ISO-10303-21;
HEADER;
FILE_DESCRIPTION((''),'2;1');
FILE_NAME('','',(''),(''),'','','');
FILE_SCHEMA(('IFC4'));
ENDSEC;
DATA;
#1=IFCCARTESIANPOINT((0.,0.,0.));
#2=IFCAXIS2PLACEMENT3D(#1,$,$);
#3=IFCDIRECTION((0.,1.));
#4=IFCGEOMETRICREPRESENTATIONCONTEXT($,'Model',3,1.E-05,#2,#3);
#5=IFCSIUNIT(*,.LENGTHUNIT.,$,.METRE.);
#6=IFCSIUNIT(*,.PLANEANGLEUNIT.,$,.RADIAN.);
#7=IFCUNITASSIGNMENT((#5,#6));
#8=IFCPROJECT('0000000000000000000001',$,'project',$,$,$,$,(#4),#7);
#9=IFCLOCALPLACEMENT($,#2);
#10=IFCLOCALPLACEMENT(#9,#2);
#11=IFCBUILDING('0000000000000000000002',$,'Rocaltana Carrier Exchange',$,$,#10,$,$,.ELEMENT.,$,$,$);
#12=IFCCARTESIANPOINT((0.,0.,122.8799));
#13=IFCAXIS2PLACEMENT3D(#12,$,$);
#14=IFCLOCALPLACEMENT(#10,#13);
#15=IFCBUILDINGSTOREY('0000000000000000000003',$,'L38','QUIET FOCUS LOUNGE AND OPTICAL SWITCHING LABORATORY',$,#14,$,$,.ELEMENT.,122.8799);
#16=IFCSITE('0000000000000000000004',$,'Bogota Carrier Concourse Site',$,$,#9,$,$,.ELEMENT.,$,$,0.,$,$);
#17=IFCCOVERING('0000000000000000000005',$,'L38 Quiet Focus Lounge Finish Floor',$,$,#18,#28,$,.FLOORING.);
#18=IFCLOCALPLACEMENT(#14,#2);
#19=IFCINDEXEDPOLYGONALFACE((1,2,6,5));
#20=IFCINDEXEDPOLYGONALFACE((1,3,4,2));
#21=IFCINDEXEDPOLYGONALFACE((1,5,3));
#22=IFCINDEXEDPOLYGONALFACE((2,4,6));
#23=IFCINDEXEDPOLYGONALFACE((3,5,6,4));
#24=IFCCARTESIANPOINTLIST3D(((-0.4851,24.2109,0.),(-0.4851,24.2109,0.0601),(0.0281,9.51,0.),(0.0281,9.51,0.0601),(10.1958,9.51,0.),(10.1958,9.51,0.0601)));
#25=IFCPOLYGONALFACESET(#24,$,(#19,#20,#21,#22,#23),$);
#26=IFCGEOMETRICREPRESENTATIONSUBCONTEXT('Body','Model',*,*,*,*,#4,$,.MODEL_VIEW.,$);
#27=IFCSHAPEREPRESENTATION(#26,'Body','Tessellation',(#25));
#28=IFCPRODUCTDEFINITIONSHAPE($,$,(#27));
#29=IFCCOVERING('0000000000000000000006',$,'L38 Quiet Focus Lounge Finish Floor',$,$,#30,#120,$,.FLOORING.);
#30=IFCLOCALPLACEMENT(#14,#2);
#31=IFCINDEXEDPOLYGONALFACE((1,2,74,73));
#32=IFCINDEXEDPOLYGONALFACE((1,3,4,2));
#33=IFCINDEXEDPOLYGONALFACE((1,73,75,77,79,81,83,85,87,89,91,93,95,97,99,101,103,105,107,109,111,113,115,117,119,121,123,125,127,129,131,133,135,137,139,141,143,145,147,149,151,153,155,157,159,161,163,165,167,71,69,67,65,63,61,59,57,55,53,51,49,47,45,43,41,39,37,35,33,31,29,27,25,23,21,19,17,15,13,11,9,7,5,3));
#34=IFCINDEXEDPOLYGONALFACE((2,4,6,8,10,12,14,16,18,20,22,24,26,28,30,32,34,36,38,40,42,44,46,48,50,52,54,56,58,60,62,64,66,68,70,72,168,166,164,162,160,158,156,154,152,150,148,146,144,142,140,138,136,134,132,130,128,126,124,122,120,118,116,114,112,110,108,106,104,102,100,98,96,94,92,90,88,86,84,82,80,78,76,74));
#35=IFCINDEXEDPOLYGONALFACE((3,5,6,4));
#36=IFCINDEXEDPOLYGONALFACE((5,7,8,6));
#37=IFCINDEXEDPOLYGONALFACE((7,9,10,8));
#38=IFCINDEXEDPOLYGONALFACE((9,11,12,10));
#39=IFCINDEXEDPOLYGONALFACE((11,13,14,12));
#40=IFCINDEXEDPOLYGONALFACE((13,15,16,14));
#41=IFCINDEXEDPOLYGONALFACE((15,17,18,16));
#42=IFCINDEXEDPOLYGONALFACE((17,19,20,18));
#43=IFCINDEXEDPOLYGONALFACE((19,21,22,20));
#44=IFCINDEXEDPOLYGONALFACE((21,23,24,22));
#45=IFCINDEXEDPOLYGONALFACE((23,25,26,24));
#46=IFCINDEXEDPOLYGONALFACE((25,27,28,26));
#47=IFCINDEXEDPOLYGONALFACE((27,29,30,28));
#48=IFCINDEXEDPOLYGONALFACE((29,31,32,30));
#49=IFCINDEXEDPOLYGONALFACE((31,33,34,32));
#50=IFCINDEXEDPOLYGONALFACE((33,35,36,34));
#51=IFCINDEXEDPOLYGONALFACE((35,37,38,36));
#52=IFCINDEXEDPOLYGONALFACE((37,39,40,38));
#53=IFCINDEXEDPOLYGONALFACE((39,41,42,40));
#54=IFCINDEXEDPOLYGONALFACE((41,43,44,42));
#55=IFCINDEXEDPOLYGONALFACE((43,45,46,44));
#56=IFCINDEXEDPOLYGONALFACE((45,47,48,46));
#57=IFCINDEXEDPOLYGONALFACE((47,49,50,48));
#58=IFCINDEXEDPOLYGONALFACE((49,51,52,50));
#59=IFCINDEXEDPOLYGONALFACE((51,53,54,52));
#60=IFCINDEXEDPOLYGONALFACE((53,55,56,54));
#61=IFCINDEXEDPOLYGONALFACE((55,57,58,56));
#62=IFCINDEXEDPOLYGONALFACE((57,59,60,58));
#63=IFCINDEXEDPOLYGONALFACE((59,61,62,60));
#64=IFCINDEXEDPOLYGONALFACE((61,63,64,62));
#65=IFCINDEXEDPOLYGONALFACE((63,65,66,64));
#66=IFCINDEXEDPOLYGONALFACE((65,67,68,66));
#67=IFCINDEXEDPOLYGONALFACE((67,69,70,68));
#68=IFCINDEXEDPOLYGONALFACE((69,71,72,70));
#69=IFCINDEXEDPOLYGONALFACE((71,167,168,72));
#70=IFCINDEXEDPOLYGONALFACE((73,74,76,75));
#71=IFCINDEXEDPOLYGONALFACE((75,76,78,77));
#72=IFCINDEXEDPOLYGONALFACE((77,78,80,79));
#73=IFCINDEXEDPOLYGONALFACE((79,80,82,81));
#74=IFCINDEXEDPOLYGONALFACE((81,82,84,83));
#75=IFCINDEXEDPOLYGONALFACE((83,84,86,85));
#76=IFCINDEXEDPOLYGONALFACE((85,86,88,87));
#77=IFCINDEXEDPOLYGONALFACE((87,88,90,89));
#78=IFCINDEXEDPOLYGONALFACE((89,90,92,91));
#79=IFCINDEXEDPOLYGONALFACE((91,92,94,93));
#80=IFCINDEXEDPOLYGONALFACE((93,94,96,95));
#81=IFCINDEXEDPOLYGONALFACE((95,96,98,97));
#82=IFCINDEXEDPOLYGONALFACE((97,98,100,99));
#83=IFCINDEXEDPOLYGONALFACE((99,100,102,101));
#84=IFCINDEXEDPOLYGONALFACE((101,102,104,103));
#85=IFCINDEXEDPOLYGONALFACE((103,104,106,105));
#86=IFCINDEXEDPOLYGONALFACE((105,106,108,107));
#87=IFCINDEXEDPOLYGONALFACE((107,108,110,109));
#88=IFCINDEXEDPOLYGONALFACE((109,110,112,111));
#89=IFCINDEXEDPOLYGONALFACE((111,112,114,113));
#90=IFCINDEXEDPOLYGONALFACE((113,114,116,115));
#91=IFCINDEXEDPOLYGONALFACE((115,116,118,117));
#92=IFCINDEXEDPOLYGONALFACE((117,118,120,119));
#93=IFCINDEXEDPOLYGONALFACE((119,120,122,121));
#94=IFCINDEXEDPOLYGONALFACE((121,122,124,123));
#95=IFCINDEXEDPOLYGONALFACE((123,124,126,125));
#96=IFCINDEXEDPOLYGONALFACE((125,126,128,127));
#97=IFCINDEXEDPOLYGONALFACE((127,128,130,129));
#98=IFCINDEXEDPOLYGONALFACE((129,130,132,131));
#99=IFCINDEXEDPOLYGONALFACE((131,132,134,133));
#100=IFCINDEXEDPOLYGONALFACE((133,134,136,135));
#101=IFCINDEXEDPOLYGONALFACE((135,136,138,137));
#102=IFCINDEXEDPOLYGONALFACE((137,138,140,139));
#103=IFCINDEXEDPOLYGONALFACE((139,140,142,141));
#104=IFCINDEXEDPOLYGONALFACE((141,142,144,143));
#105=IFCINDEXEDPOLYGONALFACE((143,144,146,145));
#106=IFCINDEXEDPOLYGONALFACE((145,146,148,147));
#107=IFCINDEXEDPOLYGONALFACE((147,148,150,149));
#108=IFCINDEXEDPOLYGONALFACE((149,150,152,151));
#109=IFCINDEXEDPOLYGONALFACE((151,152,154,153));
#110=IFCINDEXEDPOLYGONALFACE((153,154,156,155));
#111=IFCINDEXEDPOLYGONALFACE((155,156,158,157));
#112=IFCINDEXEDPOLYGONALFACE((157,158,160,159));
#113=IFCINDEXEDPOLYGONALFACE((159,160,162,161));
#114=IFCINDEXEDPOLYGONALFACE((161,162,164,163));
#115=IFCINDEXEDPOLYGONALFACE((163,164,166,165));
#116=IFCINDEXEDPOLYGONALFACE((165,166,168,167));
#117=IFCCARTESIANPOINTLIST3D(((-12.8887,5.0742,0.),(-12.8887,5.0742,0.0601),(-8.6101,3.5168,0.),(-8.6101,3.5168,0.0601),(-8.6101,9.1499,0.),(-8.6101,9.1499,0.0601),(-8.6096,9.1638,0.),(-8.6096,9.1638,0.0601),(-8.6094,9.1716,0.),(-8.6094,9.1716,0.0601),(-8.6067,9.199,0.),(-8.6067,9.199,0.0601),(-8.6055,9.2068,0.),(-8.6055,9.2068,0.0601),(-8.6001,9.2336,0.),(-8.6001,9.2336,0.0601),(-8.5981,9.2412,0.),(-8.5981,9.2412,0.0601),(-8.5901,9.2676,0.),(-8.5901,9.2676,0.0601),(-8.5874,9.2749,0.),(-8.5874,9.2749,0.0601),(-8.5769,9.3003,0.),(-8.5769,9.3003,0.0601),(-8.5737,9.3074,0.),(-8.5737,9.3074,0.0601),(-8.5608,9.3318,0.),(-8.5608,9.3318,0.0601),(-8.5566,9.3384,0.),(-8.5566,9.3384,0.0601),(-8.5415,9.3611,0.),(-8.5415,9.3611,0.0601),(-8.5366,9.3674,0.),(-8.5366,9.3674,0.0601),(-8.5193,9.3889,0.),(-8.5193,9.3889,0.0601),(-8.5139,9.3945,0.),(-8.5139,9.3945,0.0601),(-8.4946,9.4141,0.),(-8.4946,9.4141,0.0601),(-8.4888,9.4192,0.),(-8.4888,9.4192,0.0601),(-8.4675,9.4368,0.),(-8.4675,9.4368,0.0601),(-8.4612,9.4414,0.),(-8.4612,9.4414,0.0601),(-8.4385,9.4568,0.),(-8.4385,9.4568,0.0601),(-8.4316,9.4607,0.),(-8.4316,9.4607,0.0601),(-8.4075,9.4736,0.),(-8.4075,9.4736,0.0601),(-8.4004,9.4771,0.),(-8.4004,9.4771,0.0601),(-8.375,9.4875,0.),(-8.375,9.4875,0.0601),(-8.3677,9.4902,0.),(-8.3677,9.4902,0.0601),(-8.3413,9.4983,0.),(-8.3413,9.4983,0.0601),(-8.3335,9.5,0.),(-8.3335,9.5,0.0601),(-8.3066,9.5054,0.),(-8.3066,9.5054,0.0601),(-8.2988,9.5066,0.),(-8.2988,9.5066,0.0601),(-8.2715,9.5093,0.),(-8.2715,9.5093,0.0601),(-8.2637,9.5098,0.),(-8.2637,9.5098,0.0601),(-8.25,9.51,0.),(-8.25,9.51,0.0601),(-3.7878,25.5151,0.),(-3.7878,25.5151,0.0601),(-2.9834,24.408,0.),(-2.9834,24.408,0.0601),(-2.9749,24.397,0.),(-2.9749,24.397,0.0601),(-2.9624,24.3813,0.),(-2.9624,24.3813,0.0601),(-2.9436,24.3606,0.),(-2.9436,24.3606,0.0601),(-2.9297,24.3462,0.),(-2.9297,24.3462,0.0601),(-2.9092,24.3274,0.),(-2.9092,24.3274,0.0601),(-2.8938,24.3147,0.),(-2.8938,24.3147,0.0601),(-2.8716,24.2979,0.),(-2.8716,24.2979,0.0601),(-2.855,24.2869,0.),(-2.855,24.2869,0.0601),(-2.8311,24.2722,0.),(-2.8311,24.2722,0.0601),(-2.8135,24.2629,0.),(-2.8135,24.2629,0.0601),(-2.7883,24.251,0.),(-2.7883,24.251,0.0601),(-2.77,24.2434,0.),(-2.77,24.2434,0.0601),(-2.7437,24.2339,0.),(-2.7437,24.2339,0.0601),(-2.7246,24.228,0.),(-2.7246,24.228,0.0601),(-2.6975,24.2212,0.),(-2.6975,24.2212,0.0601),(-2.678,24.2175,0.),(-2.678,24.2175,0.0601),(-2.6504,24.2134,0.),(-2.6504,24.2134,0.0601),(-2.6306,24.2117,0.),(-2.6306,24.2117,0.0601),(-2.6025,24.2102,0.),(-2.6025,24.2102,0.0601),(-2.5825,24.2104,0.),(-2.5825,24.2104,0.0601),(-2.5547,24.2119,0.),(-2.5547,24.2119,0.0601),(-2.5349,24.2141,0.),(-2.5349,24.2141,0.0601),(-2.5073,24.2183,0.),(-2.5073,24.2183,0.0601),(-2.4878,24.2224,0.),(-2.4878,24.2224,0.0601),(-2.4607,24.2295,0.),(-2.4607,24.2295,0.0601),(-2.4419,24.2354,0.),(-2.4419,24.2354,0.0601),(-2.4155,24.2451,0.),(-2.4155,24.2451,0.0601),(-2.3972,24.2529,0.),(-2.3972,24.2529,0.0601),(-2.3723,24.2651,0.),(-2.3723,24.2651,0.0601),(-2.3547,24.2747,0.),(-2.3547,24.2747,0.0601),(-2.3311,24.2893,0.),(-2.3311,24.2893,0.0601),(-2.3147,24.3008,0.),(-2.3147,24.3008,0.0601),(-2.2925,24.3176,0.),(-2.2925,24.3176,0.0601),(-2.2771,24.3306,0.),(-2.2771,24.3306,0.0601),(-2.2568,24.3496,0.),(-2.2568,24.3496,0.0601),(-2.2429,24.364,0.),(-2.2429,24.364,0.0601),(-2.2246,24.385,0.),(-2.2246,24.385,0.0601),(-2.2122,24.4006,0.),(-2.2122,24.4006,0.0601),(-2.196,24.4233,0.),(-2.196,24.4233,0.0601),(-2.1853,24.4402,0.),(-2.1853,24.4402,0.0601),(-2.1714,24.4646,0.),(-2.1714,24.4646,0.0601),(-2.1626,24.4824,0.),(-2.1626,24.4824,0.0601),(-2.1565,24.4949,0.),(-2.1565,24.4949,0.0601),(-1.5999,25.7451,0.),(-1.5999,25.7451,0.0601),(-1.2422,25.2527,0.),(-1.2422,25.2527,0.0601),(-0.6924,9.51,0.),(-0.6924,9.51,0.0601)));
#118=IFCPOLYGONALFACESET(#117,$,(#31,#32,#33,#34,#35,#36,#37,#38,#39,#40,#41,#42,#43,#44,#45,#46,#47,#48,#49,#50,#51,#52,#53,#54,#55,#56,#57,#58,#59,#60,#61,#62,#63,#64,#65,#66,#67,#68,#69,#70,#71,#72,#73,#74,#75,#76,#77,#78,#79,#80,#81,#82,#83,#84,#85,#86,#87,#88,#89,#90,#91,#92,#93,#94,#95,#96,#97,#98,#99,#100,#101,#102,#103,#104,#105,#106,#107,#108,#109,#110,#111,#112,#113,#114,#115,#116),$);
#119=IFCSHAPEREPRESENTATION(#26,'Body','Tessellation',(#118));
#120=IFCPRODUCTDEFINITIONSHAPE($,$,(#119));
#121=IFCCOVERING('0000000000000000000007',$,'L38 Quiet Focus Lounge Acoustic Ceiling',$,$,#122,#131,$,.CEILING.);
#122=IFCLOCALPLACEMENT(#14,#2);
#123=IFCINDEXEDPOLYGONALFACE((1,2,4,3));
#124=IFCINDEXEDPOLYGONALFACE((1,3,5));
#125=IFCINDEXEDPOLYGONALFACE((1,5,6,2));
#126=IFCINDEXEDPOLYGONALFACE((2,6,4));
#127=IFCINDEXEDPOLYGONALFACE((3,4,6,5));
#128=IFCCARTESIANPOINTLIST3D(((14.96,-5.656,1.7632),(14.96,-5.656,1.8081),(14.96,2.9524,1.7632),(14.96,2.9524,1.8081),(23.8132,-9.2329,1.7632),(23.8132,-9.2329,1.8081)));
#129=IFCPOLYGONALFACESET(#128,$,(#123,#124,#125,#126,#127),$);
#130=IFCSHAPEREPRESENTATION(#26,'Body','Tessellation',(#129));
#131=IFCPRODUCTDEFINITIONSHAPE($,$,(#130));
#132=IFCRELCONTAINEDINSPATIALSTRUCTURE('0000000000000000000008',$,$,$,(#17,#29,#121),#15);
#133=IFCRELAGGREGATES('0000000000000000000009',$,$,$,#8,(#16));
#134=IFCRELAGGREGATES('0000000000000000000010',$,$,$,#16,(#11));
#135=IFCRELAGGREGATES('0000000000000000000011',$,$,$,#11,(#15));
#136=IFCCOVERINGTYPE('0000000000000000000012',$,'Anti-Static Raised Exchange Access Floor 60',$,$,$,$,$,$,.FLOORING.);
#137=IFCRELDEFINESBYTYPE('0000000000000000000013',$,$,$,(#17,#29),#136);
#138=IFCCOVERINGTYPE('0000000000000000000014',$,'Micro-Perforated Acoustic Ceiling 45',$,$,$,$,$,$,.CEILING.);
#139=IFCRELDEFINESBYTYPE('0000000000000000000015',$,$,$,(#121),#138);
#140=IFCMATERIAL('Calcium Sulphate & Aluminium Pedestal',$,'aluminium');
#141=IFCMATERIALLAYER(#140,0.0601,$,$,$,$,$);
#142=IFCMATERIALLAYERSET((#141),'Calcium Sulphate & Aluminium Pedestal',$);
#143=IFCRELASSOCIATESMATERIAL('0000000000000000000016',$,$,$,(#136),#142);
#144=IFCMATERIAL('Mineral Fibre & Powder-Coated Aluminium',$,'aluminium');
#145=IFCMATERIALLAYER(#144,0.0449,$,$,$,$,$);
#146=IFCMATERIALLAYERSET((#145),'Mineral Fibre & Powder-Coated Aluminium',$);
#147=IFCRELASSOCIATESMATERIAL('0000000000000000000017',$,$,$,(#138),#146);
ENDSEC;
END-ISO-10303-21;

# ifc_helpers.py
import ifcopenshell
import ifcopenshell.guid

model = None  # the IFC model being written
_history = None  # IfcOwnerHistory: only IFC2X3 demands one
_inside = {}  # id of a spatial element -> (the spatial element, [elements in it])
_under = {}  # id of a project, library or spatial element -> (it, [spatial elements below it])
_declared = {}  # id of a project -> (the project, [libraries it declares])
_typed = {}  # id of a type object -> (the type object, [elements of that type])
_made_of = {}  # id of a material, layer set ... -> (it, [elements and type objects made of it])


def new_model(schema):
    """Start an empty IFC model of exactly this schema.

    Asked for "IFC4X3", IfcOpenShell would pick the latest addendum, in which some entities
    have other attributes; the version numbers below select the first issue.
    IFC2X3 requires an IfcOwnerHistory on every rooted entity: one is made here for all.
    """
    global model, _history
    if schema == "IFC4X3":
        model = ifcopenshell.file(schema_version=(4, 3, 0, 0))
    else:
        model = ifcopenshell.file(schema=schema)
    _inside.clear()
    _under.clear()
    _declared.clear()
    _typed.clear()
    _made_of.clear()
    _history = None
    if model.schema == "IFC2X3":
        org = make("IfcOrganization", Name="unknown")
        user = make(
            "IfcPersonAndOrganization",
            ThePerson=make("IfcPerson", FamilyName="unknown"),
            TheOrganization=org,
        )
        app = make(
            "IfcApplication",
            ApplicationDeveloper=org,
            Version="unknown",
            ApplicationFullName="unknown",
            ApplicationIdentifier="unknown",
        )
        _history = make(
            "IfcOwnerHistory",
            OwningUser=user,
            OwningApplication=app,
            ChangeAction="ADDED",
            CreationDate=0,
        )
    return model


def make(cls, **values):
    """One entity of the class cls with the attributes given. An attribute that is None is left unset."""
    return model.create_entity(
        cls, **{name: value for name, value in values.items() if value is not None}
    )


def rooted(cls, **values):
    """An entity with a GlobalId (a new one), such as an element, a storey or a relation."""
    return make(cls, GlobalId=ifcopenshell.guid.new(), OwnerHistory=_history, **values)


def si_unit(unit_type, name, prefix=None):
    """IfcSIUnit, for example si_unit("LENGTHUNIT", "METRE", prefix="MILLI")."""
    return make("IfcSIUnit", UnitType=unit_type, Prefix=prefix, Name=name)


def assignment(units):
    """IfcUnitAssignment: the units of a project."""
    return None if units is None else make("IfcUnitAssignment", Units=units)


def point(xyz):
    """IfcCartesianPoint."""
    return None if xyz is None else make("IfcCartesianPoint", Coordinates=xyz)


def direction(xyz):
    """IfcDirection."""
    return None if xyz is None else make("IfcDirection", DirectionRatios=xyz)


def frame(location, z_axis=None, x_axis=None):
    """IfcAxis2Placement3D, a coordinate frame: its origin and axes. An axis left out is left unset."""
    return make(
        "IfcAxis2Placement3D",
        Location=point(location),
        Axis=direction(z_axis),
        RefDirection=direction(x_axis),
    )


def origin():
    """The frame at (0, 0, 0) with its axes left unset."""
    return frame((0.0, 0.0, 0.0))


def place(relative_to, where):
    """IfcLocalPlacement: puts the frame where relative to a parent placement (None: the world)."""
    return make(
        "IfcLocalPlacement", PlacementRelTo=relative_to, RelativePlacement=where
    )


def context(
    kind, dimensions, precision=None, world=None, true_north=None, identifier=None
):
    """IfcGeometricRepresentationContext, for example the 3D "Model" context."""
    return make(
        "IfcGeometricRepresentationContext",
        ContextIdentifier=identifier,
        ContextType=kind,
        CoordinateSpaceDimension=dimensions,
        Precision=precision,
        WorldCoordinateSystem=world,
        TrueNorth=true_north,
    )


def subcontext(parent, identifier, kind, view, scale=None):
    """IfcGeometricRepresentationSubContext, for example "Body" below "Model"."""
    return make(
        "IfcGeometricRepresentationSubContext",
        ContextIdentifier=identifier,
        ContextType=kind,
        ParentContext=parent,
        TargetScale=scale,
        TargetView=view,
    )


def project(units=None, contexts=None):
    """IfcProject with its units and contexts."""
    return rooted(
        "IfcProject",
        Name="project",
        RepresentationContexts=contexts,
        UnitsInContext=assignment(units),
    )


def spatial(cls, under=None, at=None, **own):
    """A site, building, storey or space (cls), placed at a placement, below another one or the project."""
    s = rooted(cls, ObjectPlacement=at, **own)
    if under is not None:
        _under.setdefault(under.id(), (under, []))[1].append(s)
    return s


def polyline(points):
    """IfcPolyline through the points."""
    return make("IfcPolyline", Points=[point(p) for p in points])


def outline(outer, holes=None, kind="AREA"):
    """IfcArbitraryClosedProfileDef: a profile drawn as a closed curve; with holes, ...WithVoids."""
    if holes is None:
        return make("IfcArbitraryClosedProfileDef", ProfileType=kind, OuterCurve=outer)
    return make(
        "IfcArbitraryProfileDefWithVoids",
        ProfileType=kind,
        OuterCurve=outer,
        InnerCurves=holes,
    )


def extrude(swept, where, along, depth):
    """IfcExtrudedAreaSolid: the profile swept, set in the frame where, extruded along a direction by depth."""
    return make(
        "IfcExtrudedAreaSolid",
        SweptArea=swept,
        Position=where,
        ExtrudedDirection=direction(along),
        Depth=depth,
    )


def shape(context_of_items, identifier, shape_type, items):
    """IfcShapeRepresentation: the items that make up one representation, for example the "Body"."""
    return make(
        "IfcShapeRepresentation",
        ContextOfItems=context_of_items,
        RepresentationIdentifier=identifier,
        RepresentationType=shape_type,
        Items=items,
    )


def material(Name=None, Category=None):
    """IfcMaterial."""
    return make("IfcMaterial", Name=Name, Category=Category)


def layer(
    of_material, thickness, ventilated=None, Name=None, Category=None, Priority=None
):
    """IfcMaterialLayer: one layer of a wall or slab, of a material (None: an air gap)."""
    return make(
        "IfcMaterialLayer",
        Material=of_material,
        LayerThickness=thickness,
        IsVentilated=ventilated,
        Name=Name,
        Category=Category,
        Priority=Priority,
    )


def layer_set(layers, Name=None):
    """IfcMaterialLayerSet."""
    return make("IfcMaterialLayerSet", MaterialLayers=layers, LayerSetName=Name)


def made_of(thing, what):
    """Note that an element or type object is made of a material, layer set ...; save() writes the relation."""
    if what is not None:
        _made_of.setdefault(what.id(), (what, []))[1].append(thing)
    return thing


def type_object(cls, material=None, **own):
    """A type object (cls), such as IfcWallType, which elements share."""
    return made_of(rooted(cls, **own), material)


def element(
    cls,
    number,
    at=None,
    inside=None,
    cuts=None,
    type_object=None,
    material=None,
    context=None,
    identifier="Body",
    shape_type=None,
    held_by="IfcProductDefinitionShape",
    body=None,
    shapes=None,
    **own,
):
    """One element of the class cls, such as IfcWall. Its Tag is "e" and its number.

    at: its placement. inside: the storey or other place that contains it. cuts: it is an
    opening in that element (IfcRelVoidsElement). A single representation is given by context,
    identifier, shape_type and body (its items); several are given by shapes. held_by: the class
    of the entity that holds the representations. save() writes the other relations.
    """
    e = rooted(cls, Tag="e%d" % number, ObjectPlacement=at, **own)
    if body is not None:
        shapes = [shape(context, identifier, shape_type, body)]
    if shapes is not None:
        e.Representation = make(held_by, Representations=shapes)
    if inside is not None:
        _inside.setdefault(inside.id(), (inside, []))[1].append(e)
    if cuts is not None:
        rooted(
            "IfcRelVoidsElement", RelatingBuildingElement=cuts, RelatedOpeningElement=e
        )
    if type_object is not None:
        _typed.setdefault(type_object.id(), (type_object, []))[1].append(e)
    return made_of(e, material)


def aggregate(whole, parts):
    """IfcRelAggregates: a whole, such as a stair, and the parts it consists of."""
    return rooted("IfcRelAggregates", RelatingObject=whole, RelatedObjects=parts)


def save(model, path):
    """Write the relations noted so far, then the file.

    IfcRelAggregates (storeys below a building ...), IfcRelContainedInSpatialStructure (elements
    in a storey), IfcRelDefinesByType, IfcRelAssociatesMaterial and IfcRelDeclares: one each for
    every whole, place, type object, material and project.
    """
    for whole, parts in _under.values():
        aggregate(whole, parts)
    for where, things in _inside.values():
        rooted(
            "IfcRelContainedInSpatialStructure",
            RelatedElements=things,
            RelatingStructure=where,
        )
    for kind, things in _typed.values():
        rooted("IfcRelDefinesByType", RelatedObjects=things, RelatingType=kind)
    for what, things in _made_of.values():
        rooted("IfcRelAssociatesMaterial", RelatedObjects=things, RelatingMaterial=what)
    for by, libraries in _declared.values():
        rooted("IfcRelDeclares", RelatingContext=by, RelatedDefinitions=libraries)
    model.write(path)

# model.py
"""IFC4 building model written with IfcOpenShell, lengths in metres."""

from ifc_helpers import new_model, si_unit, direction, frame, origin, place, context, subcontext, project, spatial, polyline, outline, extrude, material, layer, layer_set, type_object, element, save


model = new_model("IFC4")

# Units and contexts
model_context = context("Model", 3, precision=1e-05, world=origin(), true_north=direction((0.0, 1.0)))
body_context = subcontext(model_context, "Body", "Model", "MODEL_VIEW")
ifc_project = project(units=[si_unit("LENGTHUNIT", "METRE"), si_unit("PLANEANGLEUNIT", "RADIAN")], contexts=[model_context])

# Site, building, storey
site_placement = place(None, origin())
site = spatial("IfcSite", under=ifc_project, at=site_placement, Name="Bogota Carrier Concourse Site", CompositionType="ELEMENT", RefElevation=0.0)
building_placement = place(site_placement, origin())
building = spatial("IfcBuilding", under=site, at=building_placement, Name="Rocaltana Carrier Exchange", CompositionType="ELEMENT")
storey_placement = place(building_placement, frame((0.0, 0.0, 122.8799)))
storey = spatial("IfcBuildingStorey", under=building, at=storey_placement, Name="L38", Description="QUIET FOCUS LOUNGE AND OPTICAL SWITCHING LABORATORY", CompositionType="ELEMENT", Elevation=122.8799)

# Coverings
ifc_material_1 = material(Name="Calcium Sulphate & Aluminium Pedestal", Category="aluminium")
ifc_layer_1 = layer(ifc_material_1, 0.0601)
ifc_layer_set_1 = layer_set([ifc_layer_1], Name="Calcium Sulphate & Aluminium Pedestal")
covering_type_1 = type_object("IfcCoveringType", Name="Anti-Static Raised Exchange Access Floor 60", PredefinedType="FLOORING", material=ifc_layer_set_1)
covering_1_placement = place(storey_placement, origin())
element("IfcCovering", 1, at=covering_1_placement, inside=storey, type_object=covering_type_1, Name="L38 Quiet Focus Lounge Finish Floor", PredefinedType="FLOORING", context=body_context, shape_type="SweptSolid", body=[
    extrude(outline(polyline([(10.1958, 9.51), (0.0281, 9.51), (-0.4851, 24.2109), (10.1958, 9.51)])), origin(), (0.0, 0.0, 1.0), 0.0601),
])
covering_2_placement = place(storey_placement, origin())
element("IfcCovering", 2, at=covering_2_placement, inside=storey, type_object=covering_type_1, Name="L38 Quiet Focus Lounge Finish Floor", PredefinedType="FLOORING", context=body_context, shape_type="SweptSolid", body=[
    extrude(outline(polyline([(-3.7878, 25.5151), (-2.9834, 24.408), (-2.9749, 24.397), (-2.9624, 24.3813), (-2.9436, 24.3606), (-2.9297, 24.3462), (-2.9092, 24.3274), (-2.8938, 24.3147), (-2.8716, 24.2979), (-2.855, 24.2869), (-2.8311, 24.2722), (-2.8135, 24.2629), (-2.7883, 24.251), (-2.77, 24.2434), (-2.7437, 24.2339), (-2.7246, 24.228), (-2.6975, 24.2212), (-2.678, 24.2175), (-2.6504, 24.2134), (-2.6306, 24.2117), (-2.6025, 24.2102), (-2.5825, 24.2104), (-2.5547, 24.2119), (-2.5349, 24.2141), (-2.5073, 24.2183), (-2.4878, 24.2224), (-2.4607, 24.2295), (-2.4419, 24.2354), (-2.4155, 24.2451), (-2.3972, 24.2529), (-2.3723, 24.2651), (-2.3547, 24.2747), (-2.3311, 24.2893), (-2.3147, 24.3008), (-2.2925, 24.3176), (-2.2771, 24.3306), (-2.2568, 24.3496), (-2.2429, 24.364), (-2.2246, 24.385), (-2.2122, 24.4006), (-2.196, 24.4233), (-2.1853, 24.4402), (-2.1714, 24.4646), (-2.1626, 24.4824), (-2.1565, 24.4949), (-1.5999, 25.7451), (-1.2422, 25.2527), (-0.6924, 9.51), (-8.25, 9.51), (-8.2637, 9.5098), (-8.2715, 9.5093), (-8.2988, 9.5066), (-8.3066, 9.5054), (-8.3335, 9.5), (-8.3413, 9.4983), (-8.3677, 9.4902), (-8.375, 9.4875), (-8.4004, 9.4771), (-8.4075, 9.4736), (-8.4316, 9.4607), (-8.4385, 9.4568), (-8.4612, 9.4414), (-8.4675, 9.4368), (-8.4888, 9.4192), (-8.4946, 9.4141), (-8.5139, 9.3945), (-8.5193, 9.3889), (-8.5366, 9.3674), (-8.5415, 9.3611), (-8.5566, 9.3384), (-8.5608, 9.3318), (-8.5737, 9.3074), (-8.5769, 9.3003), (-8.5874, 9.2749), (-8.5901, 9.2676), (-8.5981, 9.2412), (-8.6001, 9.2336), (-8.6055, 9.2068), (-8.6067, 9.199), (-8.6094, 9.1716), (-8.6096, 9.1638), (-8.6101, 9.1499), (-8.6101, 3.5168), (-12.8887, 5.0742), (-3.7878, 25.5151)])), origin(), (0.0, 0.0, 1.0), 0.0601),
])
ifc_material_2 = material(Name="Mineral Fibre & Powder-Coated Aluminium", Category="aluminium")
ifc_layer_2 = layer(ifc_material_2, 0.0449)
ifc_layer_set_2 = layer_set([ifc_layer_2], Name="Mineral Fibre & Powder-Coated Aluminium")
covering_type_2 = type_object("IfcCoveringType", Name="Micro-Perforated Acoustic Ceiling 45", PredefinedType="CEILING", material=ifc_layer_set_2)
covering_3_placement = place(storey_placement, frame((0.0, 0.0, 1.7632)))
element("IfcCovering", 3, at=covering_3_placement, inside=storey, type_object=covering_type_2, Name="L38 Quiet Focus Lounge Acoustic Ceiling", PredefinedType="CEILING", context=body_context, shape_type="SweptSolid", body=[
    extrude(outline(polyline([(14.96, 2.9524), (23.8132, -9.2329), (14.96, -5.656), (14.96, 2.9524)])), origin(), (0.0, 0.0, 1.0), 0.0449),
])

save(model, "model.ifc")
